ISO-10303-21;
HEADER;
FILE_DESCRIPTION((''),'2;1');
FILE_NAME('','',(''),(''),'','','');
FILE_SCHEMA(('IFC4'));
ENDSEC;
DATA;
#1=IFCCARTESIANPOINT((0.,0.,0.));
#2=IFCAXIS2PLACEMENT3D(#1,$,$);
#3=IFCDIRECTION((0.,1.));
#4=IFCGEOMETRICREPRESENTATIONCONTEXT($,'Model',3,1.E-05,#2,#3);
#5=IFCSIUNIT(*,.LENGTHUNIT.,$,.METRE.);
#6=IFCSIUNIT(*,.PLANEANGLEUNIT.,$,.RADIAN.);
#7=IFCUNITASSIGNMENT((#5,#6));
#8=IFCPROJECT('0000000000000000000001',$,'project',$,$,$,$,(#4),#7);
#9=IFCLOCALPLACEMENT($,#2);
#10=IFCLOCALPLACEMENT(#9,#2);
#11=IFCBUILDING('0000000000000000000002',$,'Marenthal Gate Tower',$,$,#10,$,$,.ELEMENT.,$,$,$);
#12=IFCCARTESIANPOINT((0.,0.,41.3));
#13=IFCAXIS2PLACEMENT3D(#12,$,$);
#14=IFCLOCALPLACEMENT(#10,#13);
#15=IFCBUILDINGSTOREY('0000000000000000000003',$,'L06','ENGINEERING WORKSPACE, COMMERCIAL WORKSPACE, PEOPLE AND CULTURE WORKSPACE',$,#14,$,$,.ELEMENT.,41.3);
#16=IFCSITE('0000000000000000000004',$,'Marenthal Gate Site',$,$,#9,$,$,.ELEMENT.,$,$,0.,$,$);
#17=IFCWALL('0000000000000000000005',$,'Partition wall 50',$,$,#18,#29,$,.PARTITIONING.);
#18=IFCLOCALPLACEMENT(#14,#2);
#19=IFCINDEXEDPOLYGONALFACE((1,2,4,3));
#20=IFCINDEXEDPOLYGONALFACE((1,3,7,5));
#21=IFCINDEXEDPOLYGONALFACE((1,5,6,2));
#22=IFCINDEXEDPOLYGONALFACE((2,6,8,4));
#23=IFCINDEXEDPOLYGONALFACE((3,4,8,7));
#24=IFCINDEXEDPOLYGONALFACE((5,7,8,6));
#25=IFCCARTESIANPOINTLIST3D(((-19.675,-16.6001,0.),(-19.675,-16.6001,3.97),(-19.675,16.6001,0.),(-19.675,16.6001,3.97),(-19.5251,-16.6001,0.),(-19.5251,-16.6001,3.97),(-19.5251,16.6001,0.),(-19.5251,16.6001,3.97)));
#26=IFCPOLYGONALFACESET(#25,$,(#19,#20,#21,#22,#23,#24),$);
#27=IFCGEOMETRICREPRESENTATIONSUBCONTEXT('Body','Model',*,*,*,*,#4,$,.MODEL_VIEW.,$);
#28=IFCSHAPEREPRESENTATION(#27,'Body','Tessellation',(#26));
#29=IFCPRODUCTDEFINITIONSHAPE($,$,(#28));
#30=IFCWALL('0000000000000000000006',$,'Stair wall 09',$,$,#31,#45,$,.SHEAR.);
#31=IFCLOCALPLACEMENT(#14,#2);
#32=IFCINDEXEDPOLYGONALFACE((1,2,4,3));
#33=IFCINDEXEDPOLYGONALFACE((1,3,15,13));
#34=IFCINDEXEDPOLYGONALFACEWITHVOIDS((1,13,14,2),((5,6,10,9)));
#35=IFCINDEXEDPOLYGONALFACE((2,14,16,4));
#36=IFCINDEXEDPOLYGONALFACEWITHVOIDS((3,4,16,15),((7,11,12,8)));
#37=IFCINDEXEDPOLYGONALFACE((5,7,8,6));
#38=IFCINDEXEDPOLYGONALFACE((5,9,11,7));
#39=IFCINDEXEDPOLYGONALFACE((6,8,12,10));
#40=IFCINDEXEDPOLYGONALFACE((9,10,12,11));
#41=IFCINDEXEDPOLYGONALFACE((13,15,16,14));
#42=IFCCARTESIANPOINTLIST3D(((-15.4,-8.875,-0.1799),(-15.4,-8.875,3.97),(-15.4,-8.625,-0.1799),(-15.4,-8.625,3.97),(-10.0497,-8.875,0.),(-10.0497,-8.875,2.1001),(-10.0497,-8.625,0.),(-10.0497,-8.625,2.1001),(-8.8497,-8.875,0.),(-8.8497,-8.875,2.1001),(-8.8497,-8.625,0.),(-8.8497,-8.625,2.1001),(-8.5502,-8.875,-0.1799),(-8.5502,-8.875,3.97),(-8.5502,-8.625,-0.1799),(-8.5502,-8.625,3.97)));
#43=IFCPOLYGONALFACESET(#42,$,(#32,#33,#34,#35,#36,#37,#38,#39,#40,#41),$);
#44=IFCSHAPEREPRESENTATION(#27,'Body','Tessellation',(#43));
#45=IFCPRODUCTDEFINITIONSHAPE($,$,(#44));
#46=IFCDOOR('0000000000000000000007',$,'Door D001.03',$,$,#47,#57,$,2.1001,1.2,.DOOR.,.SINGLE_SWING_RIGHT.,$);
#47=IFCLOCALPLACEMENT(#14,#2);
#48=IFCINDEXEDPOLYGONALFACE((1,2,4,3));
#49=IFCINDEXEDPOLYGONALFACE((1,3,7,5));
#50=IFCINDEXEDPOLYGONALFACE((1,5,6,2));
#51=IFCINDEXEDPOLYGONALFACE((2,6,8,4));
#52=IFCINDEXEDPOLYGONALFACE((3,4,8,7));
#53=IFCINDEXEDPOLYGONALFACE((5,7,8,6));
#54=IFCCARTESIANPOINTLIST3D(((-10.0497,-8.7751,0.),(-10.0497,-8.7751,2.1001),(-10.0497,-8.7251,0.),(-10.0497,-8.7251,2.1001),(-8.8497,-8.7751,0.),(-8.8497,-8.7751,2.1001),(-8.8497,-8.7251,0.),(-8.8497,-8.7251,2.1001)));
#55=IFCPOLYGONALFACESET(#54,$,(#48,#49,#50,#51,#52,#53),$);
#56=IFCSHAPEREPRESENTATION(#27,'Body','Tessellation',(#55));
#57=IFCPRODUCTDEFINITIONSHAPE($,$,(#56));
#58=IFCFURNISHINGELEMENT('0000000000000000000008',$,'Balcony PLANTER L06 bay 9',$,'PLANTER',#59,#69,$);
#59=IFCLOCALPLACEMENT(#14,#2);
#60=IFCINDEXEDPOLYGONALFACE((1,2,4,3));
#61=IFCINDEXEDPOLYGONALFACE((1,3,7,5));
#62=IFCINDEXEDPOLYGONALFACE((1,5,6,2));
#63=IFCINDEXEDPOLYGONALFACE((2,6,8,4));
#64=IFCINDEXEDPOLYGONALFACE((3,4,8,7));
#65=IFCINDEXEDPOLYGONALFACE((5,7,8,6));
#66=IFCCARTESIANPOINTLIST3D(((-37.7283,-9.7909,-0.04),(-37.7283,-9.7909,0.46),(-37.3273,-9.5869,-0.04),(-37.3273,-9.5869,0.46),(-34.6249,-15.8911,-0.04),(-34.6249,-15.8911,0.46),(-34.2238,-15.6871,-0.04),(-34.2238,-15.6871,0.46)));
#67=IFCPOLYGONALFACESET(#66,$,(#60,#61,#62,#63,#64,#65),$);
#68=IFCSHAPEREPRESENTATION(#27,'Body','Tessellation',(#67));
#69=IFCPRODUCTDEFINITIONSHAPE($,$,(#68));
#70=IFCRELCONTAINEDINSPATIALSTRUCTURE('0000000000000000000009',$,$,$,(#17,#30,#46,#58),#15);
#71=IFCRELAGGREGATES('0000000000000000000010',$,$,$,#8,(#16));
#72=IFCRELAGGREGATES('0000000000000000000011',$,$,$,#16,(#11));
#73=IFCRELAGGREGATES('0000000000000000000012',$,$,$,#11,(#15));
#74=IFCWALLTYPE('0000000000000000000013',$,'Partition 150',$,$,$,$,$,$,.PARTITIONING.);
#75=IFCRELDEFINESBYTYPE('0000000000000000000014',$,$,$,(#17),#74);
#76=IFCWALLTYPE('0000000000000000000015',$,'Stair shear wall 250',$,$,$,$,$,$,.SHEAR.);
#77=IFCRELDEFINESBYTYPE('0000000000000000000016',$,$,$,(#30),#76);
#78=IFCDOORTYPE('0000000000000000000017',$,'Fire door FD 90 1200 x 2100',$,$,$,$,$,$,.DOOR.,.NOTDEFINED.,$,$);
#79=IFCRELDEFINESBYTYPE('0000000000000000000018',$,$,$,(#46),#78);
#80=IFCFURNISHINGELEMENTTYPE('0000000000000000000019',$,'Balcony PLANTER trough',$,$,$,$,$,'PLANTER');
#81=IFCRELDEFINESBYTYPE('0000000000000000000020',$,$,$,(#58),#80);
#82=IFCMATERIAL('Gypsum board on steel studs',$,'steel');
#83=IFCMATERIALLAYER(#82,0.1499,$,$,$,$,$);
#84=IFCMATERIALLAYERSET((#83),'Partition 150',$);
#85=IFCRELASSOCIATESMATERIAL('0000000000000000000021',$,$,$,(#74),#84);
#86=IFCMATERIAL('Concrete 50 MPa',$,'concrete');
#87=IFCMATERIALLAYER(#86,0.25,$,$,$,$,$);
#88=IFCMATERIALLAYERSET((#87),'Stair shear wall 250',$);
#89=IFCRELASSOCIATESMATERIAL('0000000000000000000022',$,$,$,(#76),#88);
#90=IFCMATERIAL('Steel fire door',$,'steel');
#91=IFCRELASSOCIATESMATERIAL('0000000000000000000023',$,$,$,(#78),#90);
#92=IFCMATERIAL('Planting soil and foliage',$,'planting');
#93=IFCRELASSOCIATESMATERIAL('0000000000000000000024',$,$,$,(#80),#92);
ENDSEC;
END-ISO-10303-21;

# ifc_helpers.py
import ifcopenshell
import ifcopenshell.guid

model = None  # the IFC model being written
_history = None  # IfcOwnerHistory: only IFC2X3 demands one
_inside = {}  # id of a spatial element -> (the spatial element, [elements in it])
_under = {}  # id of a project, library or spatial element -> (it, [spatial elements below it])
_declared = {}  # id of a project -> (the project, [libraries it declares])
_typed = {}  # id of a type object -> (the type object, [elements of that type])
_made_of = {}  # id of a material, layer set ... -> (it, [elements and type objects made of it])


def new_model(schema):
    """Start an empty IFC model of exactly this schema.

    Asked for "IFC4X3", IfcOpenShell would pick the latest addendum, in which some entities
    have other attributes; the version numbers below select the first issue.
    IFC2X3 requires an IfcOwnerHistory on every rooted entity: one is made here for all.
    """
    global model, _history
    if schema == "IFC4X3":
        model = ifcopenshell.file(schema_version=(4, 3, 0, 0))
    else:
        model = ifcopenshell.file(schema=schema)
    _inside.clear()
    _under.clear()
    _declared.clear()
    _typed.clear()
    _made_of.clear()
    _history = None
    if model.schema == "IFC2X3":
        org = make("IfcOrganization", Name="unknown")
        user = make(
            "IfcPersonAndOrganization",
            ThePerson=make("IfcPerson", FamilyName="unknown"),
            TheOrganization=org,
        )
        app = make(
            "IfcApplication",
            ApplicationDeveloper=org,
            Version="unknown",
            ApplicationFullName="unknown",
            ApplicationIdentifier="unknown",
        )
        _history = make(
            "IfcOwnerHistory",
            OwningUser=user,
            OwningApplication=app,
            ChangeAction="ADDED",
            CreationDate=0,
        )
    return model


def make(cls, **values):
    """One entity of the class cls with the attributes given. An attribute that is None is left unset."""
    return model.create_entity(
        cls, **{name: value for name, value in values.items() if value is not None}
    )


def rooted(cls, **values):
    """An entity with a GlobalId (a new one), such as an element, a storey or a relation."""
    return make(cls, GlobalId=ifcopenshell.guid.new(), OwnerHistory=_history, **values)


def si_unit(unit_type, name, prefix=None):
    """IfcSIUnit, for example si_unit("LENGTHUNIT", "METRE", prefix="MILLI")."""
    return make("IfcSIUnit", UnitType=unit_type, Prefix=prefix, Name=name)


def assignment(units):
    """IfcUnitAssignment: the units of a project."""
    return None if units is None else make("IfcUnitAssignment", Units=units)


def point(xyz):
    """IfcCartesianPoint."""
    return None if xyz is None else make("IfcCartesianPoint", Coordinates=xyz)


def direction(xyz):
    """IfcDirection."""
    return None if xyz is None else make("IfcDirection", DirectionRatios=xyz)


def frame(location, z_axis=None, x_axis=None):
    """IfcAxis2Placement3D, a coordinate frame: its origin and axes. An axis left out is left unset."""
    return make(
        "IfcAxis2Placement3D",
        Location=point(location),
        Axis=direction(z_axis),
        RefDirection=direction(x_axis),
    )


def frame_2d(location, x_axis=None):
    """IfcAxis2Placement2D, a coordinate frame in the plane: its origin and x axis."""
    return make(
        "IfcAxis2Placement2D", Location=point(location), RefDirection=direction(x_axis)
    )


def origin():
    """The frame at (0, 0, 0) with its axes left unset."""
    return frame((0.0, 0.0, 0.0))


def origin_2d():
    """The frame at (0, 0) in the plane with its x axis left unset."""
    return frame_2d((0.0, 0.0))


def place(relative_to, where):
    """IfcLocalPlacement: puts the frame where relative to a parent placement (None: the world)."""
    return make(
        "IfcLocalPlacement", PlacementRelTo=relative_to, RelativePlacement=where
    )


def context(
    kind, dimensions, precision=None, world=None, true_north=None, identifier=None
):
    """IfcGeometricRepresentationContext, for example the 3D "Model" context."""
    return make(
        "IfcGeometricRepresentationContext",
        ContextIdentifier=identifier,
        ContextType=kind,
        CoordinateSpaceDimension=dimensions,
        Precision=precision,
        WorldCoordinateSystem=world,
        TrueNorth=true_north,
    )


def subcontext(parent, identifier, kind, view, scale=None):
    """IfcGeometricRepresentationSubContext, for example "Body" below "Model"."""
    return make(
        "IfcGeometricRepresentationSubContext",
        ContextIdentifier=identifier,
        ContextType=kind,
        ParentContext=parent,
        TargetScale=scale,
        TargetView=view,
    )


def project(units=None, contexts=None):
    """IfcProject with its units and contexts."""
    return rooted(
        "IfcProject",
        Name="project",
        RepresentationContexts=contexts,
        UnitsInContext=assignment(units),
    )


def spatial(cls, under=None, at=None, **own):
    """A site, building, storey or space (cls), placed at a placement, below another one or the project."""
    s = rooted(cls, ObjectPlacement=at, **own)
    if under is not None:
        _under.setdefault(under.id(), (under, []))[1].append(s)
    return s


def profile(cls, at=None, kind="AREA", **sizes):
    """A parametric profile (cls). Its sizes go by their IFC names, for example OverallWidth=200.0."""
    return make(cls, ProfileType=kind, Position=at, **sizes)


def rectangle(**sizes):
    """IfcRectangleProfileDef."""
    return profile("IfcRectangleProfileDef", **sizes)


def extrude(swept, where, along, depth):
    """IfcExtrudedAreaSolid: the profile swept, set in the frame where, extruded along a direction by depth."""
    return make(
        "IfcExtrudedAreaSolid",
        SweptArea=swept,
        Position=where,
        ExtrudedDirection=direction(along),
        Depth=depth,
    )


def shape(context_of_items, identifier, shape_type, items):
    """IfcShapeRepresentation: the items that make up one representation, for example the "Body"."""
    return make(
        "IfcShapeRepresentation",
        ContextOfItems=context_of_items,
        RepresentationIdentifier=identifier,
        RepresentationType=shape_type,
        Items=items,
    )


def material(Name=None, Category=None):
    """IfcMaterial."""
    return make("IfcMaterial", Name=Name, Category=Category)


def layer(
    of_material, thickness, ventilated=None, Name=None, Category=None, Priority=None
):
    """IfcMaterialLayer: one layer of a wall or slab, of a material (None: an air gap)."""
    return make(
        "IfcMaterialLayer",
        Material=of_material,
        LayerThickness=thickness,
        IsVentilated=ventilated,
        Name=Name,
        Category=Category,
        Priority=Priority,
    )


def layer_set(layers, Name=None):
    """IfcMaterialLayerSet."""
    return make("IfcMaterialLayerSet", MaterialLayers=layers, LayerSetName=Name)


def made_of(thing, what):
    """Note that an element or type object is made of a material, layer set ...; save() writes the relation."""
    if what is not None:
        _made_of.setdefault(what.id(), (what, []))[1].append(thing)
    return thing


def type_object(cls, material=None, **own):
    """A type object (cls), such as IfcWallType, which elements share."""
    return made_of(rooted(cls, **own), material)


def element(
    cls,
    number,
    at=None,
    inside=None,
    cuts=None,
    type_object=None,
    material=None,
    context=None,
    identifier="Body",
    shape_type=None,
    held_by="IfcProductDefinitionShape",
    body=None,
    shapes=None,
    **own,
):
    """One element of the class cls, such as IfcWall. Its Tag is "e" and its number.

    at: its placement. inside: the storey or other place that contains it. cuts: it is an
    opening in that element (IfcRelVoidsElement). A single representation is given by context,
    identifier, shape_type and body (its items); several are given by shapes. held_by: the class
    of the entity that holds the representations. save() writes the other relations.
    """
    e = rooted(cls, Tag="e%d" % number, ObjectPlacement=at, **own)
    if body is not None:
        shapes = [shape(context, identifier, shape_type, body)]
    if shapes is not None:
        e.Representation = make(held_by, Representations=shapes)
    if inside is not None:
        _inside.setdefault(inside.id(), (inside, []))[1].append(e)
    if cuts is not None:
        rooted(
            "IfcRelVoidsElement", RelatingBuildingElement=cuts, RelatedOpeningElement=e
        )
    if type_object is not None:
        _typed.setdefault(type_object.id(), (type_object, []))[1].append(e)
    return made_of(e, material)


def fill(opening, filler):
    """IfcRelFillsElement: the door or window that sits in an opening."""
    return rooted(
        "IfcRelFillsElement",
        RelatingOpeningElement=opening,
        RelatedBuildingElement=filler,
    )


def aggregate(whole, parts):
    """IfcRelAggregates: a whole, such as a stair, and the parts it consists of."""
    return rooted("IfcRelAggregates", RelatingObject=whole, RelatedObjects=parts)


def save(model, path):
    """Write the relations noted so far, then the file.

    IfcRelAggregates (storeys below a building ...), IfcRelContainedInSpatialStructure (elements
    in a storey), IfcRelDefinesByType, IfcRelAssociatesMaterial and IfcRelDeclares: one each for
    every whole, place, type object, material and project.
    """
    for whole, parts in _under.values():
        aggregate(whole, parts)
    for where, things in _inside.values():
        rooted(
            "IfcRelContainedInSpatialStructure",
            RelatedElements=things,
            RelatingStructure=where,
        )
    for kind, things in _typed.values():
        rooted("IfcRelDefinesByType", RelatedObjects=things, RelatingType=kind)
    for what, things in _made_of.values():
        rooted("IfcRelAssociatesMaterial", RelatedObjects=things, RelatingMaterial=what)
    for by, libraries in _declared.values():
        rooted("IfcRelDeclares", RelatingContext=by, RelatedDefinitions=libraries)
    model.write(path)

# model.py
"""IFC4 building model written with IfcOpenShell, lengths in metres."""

from ifc_helpers import new_model, si_unit, direction, frame, frame_2d, origin, origin_2d, place, context, subcontext, project, spatial, rectangle, extrude, material, layer, layer_set, type_object, element, fill, save


model = new_model("IFC4")

# Units and contexts
model_context = context("Model", 3, precision=1e-05, world=origin(), true_north=direction((0.0, 1.0)))
body_context = subcontext(model_context, "Body", "Model", "MODEL_VIEW")
ifc_project = project(units=[si_unit("LENGTHUNIT", "METRE"), si_unit("PLANEANGLEUNIT", "RADIAN")], contexts=[model_context])

# Site, building, storey
site_placement = place(None, origin())
site = spatial("IfcSite", under=ifc_project, at=site_placement, Name="Marenthal Gate Site", CompositionType="ELEMENT", RefElevation=0.0)
building_placement = place(site_placement, origin())
building = spatial("IfcBuilding", under=site, at=building_placement, Name="Marenthal Gate Tower", CompositionType="ELEMENT")
storey_placement = place(building_placement, frame((0.0, 0.0, 41.3)))
storey = spatial("IfcBuildingStorey", under=building, at=storey_placement, Name="L06", Description="ENGINEERING WORKSPACE, COMMERCIAL WORKSPACE, PEOPLE AND CULTURE WORKSPACE", CompositionType="ELEMENT", Elevation=41.3)

# Wall
ifc_material_1 = material(Name="Gypsum board on steel studs", Category="steel")
ifc_layer_1 = layer(ifc_material_1, 0.1499)
ifc_layer_set_1 = layer_set([ifc_layer_1], Name="Partition 150")
wall_type_1 = type_object("IfcWallType", Name="Partition 150", PredefinedType="PARTITIONING", material=ifc_layer_set_1)
wall_1_placement = place(storey_placement, frame((-19.6001, -16.6001, 0.0), z_axis=(0.0, 0.0, 1.0), x_axis=(0.0, 1.0, 0.0)))
element("IfcWall", 1, at=wall_1_placement, inside=storey, type_object=wall_type_1, Name="Partition wall 50", PredefinedType="PARTITIONING", context=body_context, shape_type="SweptSolid", body=[
    extrude(rectangle(XDim=33.2002, YDim=0.1499, at=frame_2d((16.6001, 0.0))), origin(), (0.0, 0.0, 1.0), 3.97),
])

# Wall, opening, door
ifc_material_2 = material(Name="Concrete 50 MPa", Category="concrete")
ifc_layer_2 = layer(ifc_material_2, 0.25)
ifc_layer_set_2 = layer_set([ifc_layer_2], Name="Stair shear wall 250")
wall_type_2 = type_object("IfcWallType", Name="Stair shear wall 250", PredefinedType="SHEAR", material=ifc_layer_set_2)
wall_2_placement = place(storey_placement, frame((-15.3999, -8.75, -0.1799), z_axis=(0.0, 0.0, 1.0), x_axis=(1.0, 0.0, 0.0)))
wall_2 = element("IfcWall", 2, at=wall_2_placement, inside=storey, type_object=wall_type_2, Name="Stair wall 09", PredefinedType="SHEAR", context=body_context, shape_type="SweptSolid", body=[
    extrude(rectangle(XDim=6.8499, YDim=0.25, at=frame_2d((3.4248, 0.0))), origin(), (0.0, 0.0, 1.0), 4.1499),
])
opening_1_placement = place(wall_2_placement, frame((5.3501, 0.0, 0.1799)))
opening_1 = element("IfcOpeningElement", 3, at=opening_1_placement, cuts=wall_2, PredefinedType="OPENING", context=body_context, shape_type="SweptSolid", body=[
    extrude(rectangle(XDim=1.2, YDim=2.1001, at=frame_2d((0.6001, 1.05))), frame((0.0, 0.135, 0.0), z_axis=(0.0, -1.0, 0.0), x_axis=(1.0, 0.0, 0.0)), (0.0, 0.0, 1.0), 0.27),
])
ifc_material_3 = material(Name="Steel fire door", Category="steel")
door_type_1 = type_object("IfcDoorType", Name="Fire door FD 90 1200 x 2100", OperationType="NOTDEFINED", PredefinedType="DOOR", material=ifc_material_3)
door_1_placement = place(opening_1_placement, origin())
door_1 = element("IfcDoor", 4, at=door_1_placement, inside=storey, type_object=door_type_1, Name="Door D001.03", OperationType="SINGLE_SWING_RIGHT", OverallHeight=2.1001, OverallWidth=1.2, PredefinedType="DOOR", context=body_context, shape_type="SweptSolid", body=[
    extrude(rectangle(XDim=1.2, YDim=2.1001, at=frame_2d((0.6001, 1.05))), frame((0.0, 0.0249, 0.0), z_axis=(0.0, -1.0, 0.0), x_axis=(1.0, 0.0, 0.0)), (0.0, 0.0, 1.0), 0.05),
])
fill(opening_1, door_1)

# Furnishing element
ifc_material_4 = material(Name="Planting soil and foliage", Category="planting")
furnishing_element_type = type_object("IfcFurnishingElementType", Name="Balcony PLANTER trough", ElementType="PLANTER", material=ifc_material_4)
furnishing_placement = place(storey_placement, frame((-35.9761, -12.739, -0.04), z_axis=(0.0, 0.0, 1.0), x_axis=(0.453437, -0.891288, 0.0)))
element("IfcFurnishingElement", 5, at=furnishing_placement, inside=storey, type_object=furnishing_element_type, Name="Balcony PLANTER L06 bay 9", ObjectType="PLANTER", context=body_context, shape_type="SweptSolid", body=[
    extrude(rectangle(XDim=6.8442, YDim=0.45, at=origin_2d()), origin(), (0.0, 0.0, 1.0), 0.5),
])

save(model, "model.ifc")
